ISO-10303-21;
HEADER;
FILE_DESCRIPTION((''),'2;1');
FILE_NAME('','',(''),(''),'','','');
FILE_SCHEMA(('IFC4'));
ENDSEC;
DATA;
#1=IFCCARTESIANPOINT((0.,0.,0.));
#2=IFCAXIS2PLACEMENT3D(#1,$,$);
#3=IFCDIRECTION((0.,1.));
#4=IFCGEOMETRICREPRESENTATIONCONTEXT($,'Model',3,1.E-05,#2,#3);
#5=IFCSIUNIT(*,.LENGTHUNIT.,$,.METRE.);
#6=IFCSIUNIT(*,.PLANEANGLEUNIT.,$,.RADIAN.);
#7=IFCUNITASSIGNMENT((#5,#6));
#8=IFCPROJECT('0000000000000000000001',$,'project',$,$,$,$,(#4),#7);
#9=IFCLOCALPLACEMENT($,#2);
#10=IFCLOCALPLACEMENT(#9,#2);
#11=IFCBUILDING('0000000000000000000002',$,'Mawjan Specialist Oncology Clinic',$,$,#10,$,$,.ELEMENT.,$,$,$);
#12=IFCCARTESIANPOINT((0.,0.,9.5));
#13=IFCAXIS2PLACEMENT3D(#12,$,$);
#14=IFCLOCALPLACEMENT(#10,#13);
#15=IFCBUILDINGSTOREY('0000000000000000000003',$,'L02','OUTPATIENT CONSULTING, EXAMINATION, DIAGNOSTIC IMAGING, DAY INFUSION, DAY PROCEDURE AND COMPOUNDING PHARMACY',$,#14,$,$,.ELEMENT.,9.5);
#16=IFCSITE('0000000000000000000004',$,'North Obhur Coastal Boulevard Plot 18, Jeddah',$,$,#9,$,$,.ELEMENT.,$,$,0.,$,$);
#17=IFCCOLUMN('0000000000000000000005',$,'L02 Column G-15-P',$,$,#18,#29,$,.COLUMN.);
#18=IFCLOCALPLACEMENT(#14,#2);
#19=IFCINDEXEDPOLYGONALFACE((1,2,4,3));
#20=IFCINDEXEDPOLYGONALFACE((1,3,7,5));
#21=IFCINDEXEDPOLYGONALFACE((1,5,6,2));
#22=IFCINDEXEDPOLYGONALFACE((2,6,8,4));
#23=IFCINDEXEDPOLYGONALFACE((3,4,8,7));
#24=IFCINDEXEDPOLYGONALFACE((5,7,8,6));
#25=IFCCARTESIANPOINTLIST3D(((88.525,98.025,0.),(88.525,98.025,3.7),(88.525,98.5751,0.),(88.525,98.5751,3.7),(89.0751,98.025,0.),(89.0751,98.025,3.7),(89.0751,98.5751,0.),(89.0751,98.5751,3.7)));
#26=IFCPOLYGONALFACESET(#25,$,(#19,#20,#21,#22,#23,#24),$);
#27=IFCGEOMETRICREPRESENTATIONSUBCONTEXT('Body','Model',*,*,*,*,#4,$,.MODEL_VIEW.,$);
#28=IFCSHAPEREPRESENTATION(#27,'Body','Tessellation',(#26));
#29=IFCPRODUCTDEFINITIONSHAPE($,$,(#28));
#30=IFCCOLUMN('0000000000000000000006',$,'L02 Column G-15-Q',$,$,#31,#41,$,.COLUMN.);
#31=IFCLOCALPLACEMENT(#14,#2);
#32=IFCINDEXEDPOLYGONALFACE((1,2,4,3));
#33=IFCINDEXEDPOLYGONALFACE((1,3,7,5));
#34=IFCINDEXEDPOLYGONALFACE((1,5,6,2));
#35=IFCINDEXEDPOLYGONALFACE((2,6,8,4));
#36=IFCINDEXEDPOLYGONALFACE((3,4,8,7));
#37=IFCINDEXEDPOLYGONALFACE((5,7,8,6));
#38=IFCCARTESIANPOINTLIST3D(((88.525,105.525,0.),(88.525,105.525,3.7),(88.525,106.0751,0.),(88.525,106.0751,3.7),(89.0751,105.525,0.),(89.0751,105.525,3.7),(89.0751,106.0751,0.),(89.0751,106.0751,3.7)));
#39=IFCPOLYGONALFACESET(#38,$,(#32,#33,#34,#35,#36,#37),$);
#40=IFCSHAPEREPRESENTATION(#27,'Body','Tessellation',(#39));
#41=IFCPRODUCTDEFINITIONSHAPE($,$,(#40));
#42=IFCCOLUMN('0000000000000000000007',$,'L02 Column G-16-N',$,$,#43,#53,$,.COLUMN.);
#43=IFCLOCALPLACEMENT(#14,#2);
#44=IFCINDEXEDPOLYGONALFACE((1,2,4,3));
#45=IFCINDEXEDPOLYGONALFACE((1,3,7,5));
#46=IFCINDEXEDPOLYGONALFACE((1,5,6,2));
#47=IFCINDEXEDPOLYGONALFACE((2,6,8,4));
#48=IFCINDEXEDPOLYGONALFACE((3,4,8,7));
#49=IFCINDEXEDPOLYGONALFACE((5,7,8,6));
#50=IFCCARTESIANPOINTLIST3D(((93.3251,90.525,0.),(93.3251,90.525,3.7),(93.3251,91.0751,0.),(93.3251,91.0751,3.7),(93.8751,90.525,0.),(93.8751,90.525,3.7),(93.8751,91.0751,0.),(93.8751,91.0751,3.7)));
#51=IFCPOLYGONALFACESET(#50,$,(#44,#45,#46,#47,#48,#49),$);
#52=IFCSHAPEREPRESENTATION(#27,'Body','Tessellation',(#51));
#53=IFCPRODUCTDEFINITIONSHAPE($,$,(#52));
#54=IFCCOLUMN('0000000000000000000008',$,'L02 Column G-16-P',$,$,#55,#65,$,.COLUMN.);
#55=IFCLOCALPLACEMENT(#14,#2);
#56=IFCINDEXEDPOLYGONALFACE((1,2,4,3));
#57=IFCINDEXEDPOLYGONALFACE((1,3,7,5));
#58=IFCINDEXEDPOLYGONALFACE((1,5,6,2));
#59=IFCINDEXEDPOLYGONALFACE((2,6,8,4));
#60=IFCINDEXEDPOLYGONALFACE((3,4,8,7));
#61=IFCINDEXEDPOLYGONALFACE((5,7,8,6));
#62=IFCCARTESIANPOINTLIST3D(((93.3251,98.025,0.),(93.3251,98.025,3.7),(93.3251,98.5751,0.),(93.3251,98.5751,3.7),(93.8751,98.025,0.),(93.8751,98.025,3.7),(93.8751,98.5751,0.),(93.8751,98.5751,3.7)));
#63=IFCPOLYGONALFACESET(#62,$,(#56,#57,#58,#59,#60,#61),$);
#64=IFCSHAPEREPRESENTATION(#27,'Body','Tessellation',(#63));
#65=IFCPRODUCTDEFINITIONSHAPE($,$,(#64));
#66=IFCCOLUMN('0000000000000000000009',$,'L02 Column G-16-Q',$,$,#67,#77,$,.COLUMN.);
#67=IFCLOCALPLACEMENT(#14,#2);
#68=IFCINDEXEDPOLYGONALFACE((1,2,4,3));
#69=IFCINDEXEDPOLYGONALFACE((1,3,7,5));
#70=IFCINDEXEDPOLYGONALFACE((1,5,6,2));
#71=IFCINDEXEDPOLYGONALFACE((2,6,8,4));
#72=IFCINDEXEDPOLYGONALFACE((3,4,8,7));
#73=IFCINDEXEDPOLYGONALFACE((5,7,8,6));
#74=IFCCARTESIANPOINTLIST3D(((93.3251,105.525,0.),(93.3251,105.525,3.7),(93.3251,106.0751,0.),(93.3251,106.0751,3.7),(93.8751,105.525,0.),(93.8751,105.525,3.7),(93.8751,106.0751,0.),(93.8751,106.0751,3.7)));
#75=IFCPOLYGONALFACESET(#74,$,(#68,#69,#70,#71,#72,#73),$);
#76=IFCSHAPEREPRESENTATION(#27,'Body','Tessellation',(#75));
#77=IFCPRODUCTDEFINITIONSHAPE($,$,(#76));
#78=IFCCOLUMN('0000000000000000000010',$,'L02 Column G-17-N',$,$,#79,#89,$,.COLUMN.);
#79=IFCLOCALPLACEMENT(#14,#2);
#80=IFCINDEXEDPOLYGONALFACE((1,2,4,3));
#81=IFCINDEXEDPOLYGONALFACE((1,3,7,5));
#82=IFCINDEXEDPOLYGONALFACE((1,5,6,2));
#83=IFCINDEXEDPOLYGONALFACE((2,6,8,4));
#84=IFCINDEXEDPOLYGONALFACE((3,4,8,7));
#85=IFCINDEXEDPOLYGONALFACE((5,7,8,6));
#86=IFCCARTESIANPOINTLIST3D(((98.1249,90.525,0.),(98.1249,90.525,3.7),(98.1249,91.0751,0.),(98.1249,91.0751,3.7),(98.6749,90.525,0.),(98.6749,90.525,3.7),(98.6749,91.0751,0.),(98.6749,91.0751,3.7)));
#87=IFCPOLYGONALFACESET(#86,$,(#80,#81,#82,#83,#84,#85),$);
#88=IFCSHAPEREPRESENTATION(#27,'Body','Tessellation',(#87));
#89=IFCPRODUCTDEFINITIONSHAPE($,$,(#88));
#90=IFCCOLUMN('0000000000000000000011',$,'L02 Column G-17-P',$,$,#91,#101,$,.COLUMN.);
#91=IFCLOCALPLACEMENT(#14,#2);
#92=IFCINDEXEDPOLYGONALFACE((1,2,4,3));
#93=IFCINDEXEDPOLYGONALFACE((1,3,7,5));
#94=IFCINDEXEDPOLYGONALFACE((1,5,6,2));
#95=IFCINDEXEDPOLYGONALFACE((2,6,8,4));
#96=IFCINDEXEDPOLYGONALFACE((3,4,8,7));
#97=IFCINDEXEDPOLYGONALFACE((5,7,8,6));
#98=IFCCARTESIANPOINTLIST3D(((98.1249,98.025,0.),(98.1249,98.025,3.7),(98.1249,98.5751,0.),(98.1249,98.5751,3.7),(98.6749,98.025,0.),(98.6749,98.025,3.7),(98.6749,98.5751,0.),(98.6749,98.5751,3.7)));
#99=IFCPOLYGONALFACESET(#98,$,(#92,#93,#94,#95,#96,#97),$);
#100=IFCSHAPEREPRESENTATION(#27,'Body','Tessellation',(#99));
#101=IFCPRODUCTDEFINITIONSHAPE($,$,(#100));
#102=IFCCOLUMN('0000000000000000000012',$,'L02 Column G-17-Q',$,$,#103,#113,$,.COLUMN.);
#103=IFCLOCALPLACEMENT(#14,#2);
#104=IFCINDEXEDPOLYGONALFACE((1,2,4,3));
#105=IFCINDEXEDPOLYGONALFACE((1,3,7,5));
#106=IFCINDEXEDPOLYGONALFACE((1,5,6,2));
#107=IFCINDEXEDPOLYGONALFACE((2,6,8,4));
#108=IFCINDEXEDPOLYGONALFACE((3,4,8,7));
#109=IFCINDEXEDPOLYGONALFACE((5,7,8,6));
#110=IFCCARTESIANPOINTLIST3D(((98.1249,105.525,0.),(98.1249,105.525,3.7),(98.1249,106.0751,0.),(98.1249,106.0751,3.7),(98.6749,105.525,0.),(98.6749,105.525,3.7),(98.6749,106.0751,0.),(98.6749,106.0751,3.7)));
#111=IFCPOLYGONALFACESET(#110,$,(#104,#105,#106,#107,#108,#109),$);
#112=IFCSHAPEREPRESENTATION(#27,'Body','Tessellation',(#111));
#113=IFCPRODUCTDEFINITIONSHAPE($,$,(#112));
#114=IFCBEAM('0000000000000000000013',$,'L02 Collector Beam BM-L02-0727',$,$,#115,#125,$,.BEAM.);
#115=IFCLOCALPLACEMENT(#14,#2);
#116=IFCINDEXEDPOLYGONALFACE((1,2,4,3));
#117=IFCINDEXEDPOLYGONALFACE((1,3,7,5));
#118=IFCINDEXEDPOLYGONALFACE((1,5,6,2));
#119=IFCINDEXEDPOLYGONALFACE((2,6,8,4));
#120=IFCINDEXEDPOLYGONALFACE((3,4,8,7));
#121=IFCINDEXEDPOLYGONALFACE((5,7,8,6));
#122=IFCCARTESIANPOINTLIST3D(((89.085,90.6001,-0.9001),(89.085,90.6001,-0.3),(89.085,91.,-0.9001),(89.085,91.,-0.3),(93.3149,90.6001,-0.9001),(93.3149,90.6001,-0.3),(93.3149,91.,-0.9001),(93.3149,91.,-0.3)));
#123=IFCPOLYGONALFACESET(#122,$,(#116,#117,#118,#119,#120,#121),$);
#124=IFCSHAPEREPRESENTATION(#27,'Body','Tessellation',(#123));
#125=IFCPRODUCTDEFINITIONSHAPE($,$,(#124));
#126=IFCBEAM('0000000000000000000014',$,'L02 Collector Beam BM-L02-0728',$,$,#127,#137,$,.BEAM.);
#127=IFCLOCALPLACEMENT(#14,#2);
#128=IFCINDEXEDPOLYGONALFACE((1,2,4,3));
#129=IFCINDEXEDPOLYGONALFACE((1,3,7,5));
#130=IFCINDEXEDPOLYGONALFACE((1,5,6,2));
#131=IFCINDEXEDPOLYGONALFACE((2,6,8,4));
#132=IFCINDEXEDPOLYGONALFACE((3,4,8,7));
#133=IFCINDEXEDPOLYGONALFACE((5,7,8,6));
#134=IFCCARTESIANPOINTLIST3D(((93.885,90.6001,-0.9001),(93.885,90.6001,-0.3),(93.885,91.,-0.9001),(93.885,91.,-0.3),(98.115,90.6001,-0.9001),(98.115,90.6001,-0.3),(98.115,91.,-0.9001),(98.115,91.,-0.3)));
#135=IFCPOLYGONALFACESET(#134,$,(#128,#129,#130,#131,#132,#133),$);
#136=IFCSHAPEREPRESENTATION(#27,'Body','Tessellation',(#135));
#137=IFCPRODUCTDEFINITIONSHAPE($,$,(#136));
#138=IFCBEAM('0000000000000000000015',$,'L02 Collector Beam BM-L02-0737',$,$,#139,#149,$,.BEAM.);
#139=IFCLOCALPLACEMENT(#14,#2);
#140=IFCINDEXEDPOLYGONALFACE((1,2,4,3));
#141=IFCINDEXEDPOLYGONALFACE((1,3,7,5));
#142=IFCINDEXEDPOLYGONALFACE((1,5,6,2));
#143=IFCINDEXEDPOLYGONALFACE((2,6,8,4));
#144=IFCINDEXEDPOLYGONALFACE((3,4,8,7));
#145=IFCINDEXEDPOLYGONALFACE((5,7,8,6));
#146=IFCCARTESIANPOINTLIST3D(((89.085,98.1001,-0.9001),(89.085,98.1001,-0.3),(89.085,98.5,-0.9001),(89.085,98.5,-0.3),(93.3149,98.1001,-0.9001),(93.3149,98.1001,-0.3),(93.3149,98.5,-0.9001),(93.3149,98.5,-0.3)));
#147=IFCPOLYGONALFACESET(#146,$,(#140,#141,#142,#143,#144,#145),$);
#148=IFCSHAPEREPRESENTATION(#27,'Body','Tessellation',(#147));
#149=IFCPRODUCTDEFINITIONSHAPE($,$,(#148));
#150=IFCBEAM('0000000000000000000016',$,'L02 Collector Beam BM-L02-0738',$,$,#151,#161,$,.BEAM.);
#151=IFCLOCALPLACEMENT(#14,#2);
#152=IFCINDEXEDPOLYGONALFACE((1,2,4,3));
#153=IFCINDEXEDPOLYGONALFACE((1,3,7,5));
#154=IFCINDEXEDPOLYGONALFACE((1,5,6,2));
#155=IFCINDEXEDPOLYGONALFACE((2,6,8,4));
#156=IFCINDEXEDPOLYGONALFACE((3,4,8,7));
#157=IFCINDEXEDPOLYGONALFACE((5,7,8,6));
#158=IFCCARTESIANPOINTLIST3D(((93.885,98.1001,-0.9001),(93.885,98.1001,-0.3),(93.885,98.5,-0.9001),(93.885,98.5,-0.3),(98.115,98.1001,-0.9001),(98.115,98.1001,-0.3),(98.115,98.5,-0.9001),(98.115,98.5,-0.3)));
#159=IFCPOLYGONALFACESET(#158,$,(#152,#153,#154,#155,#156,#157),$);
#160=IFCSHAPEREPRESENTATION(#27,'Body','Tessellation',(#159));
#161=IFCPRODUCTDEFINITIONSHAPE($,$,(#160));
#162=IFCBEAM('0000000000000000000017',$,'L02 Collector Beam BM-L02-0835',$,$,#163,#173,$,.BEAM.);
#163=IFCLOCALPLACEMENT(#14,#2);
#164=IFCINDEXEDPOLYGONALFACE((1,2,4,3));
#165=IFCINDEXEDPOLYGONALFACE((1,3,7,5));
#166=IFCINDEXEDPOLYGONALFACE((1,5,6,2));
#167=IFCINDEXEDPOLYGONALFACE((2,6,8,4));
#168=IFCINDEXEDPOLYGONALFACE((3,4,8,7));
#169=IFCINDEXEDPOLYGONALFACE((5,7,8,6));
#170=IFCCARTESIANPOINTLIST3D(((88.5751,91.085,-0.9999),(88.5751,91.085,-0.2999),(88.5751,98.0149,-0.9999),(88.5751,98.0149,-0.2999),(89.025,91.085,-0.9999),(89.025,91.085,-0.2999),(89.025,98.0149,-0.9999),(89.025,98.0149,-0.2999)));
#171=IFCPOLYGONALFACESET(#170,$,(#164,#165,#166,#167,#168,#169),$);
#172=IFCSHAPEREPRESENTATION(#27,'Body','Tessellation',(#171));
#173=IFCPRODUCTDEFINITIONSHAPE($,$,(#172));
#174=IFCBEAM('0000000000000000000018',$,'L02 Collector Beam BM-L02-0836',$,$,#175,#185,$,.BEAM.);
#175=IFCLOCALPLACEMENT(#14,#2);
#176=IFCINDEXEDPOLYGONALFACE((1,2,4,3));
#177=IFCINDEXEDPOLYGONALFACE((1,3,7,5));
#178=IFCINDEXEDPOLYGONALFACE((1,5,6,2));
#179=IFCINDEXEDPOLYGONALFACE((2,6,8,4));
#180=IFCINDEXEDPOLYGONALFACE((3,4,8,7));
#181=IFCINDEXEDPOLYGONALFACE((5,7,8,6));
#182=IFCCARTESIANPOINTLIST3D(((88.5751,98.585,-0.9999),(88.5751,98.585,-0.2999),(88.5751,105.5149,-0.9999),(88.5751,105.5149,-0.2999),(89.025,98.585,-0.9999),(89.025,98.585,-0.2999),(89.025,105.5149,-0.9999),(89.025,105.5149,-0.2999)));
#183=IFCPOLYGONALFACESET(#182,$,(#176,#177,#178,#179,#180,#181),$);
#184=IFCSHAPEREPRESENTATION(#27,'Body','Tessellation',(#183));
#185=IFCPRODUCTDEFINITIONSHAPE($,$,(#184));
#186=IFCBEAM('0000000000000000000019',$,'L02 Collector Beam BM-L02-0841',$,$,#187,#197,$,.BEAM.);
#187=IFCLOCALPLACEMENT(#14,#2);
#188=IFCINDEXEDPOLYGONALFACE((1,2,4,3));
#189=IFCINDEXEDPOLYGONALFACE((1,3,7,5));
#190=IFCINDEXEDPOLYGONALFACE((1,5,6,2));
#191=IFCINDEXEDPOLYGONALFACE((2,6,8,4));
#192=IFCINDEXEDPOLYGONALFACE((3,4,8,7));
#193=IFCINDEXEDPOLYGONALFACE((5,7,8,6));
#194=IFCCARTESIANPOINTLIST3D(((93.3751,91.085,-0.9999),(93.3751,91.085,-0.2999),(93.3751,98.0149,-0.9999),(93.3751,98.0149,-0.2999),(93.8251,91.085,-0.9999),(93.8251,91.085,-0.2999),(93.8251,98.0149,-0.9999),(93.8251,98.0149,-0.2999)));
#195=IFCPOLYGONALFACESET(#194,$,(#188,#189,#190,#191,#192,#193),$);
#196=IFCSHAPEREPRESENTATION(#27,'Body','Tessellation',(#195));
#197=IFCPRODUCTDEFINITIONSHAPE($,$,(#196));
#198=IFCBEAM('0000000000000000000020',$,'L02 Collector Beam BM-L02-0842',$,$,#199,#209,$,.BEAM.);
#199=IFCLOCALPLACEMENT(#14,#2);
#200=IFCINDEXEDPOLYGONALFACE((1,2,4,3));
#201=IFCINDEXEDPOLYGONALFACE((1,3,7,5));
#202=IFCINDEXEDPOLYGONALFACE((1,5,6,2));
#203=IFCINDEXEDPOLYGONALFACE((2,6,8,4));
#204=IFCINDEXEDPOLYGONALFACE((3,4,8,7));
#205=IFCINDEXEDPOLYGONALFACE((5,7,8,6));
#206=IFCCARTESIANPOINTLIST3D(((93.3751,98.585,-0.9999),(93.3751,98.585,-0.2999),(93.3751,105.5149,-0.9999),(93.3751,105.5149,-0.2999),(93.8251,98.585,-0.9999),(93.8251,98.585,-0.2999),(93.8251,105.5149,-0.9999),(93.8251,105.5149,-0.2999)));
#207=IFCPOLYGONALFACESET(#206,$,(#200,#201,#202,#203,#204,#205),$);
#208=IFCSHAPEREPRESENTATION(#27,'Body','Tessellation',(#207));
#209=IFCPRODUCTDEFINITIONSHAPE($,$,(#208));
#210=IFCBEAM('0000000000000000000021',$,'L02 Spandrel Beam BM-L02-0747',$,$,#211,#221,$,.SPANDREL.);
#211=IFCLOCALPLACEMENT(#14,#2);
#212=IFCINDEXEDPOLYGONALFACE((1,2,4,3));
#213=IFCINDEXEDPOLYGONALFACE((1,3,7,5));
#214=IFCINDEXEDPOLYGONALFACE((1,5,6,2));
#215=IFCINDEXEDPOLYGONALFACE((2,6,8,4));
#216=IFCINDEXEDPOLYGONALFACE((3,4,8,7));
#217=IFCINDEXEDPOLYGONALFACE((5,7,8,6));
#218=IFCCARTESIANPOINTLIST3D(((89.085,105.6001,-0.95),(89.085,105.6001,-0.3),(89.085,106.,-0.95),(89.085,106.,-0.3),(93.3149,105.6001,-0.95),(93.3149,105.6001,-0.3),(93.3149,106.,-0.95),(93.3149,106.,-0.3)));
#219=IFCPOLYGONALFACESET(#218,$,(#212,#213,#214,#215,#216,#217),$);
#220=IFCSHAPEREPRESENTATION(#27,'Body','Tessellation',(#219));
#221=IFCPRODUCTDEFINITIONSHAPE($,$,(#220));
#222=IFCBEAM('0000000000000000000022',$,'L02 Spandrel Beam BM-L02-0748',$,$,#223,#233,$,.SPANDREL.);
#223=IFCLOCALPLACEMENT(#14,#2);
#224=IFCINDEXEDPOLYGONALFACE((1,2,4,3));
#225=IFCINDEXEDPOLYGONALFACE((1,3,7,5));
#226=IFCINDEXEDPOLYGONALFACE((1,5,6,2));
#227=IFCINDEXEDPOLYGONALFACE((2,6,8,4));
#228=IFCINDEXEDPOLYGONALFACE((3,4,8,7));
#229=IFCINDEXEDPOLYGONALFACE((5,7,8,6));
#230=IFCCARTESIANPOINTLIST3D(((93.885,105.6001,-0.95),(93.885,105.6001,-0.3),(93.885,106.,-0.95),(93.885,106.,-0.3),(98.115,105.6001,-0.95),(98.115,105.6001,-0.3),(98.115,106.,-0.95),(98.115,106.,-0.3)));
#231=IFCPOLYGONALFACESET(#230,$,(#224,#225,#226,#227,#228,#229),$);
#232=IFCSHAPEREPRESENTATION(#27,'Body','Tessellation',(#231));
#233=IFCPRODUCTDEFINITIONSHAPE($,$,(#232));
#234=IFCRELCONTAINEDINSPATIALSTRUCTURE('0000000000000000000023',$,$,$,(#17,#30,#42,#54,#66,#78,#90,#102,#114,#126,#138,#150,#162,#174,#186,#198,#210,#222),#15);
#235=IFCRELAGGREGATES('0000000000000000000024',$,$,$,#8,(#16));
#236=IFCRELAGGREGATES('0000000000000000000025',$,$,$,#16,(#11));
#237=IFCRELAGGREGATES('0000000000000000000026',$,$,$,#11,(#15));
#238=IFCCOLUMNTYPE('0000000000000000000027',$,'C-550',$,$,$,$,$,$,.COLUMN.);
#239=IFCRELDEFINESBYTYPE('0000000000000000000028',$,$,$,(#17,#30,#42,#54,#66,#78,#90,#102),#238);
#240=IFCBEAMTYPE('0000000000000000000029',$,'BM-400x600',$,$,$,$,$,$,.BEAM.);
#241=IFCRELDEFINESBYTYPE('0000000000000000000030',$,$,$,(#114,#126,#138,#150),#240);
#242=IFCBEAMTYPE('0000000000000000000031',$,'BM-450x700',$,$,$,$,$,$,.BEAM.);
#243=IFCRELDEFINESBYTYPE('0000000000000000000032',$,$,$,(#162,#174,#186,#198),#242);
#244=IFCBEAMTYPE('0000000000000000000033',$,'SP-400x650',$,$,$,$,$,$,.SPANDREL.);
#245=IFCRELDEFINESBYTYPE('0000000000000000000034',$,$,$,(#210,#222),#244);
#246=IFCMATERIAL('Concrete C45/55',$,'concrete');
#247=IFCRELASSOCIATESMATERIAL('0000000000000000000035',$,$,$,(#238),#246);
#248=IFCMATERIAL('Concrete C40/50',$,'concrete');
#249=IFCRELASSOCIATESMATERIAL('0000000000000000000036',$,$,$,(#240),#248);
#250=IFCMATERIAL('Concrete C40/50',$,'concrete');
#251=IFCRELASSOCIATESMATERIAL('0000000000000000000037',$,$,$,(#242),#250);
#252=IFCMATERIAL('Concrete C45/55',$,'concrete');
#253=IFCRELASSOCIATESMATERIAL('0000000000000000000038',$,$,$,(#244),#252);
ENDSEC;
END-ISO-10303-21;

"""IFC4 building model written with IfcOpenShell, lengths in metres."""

from ifc_helpers import new_model, si_unit, direction, frame, origin, origin_2d, place, context, subcontext, project, spatial, rectangle, extrude, material, material_profile, profile_set, type_object, element, save


model = new_model("IFC4")

# Units and contexts
model_context = context("Model", 3, precision=1e-05, world=origin(), true_north=direction((0.0, 1.0)))
body_context = subcontext(model_context, "Body", "Model", "MODEL_VIEW")
ifc_project = project(units=[si_unit("LENGTHUNIT", "METRE"), si_unit("PLANEANGLEUNIT", "RADIAN")], contexts=[model_context])

# Site, building, storey
site_placement = place(None, origin())
site = spatial("IfcSite", under=ifc_project, at=site_placement, Name="North Obhur Coastal Boulevard Plot 18, Jeddah", CompositionType="ELEMENT", RefElevation=0.0)
building_placement = place(site_placement, origin())
building = spatial("IfcBuilding", under=site, at=building_placement, Name="Mawjan Specialist Oncology Clinic", CompositionType="ELEMENT")
storey_placement = place(building_placement, frame((0.0, 0.0, 9.5)))
storey = spatial("IfcBuildingStorey", under=building, at=storey_placement, Name="L02", Description="OUTPATIENT CONSULTING, EXAMINATION, DIAGNOSTIC IMAGING, DAY INFUSION, DAY PROCEDURE AND COMPOUNDING PHARMACY", CompositionType="ELEMENT", Elevation=9.5)

# Columns
ifc_material_1 = material(Name="Concrete C45/55", Category="concrete")
ifc_material_profile_1 = material_profile(ifc_material_1, rectangle(XDim=0.55, YDim=0.55, at=origin_2d()), Name="RC COL 550x550", Category="concrete")
ifc_profile_set_1 = profile_set([ifc_material_profile_1], Name="Concrete C45/55")
column_type = type_object("IfcColumnType", Name="C-550", PredefinedType="COLUMN", material=ifc_profile_set_1)
for number, where, z_axis, x_axis, name in (
    (1, (88.8, 98.3, 0.0), (0.0, 0.0, 1.0), (1.0, 0.0, 0.0), "L02 Column G-15-P"),
    (2, (88.8, 105.8, 0.0), (0.0, 0.0, 1.0), (1.0, 0.0, 0.0), "L02 Column G-15-Q"),
    (3, (93.6001, 90.8, 0.0), (0.0, 0.0, 1.0), (1.0, 0.0, 0.0), "L02 Column G-16-N"),
    (4, (93.6001, 98.3, 0.0), (0.0, 0.0, 1.0), (1.0, 0.0, 0.0), "L02 Column G-16-P"),
    (5, (93.6001, 105.8, 0.0), (0.0, 0.0, 1.0), (1.0, 0.0, 0.0), "L02 Column G-16-Q"),
    (6, (98.3999, 90.8, 0.0), (0.0, 0.0, 1.0), (1.0, 0.0, 0.0), "L02 Column G-17-N"),
    (7, (98.3999, 98.3, 0.0), (0.0, 0.0, 1.0), (1.0, 0.0, 0.0), "L02 Column G-17-P"),
    (8, (98.3999, 105.8, 0.0), (0.0, 0.0, 1.0), (1.0, 0.0, 0.0), "L02 Column G-17-Q"),
):
    element("IfcColumn", number, at=place(storey_placement, frame(where, z_axis=z_axis, x_axis=x_axis)), inside=storey, type_object=column_type, Name=name, PredefinedType="COLUMN", context=body_context, shape_type="SweptSolid", body=[
        extrude(rectangle(XDim=0.55, YDim=0.55, at=origin_2d()), origin(), (0.0, 0.0, 1.0), 3.7),
    ])

# Beams
ifc_material_2 = material(Name="Concrete C40/50", Category="concrete")
ifc_material_profile_2 = material_profile(ifc_material_2, rectangle(XDim=0.3999, YDim=0.6001, at=origin_2d()), Name="RC BM 400x600", Category="concrete")
ifc_profile_set_2 = profile_set([ifc_material_profile_2], Name="Concrete C40/50")
beam_type_1 = type_object("IfcBeamType", Name="BM-400x600", PredefinedType="BEAM", material=ifc_profile_set_2)
for number, where, z_axis, x_axis, name in (
    (9, (89.085, 90.8, -0.6001), (1.0, 0.0, 0.0), (0.0, 1.0, 0.0), "L02 Collector Beam BM-L02-0727"),
    (10, (93.885, 90.8, -0.6001), (1.0, 0.0, 0.0), (0.0, 1.0, 0.0), "L02 Collector Beam BM-L02-0728"),
    (11, (89.085, 98.3, -0.6001), (1.0, 0.0, 0.0), (0.0, 1.0, 0.0), "L02 Collector Beam BM-L02-0737"),
    (12, (93.885, 98.3, -0.6001), (1.0, 0.0, 0.0), (0.0, 1.0, 0.0), "L02 Collector Beam BM-L02-0738"),
):
    element("IfcBeam", number, at=place(storey_placement, frame(where, z_axis=z_axis, x_axis=x_axis)), inside=storey, type_object=beam_type_1, Name=name, PredefinedType="BEAM", context=body_context, shape_type="SweptSolid", body=[
        extrude(rectangle(XDim=0.3999, YDim=0.6001, at=origin_2d()), origin(), (0.0, 0.0, 1.0), 4.23),
    ])
ifc_material_3 = material(Name="Concrete C40/50", Category="concrete")
ifc_material_profile_3 = material_profile(ifc_material_3, rectangle(XDim=0.45, YDim=0.7, at=origin_2d()), Name="RC BM 450x700", Category="concrete")
ifc_profile_set_3 = profile_set([ifc_material_profile_3], Name="Concrete C40/50")
beam_type_2 = type_object("IfcBeamType", Name="BM-450x700", PredefinedType="BEAM", material=ifc_profile_set_3)
for number, where, z_axis, x_axis, name in (
    (13, (88.8, 91.085, -0.6499), (0.0, 1.0, 0.0), (-1.0, 0.0, 0.0), "L02 Collector Beam BM-L02-0835"),
    (14, (88.8, 98.585, -0.6499), (0.0, 1.0, 0.0), (-1.0, 0.0, 0.0), "L02 Collector Beam BM-L02-0836"),
    (15, (93.6001, 91.085, -0.6499), (0.0, 1.0, 0.0), (-1.0, 0.0, 0.0), "L02 Collector Beam BM-L02-0841"),
    (16, (93.6001, 98.585, -0.6499), (0.0, 1.0, 0.0), (-1.0, 0.0, 0.0), "L02 Collector Beam BM-L02-0842"),
):
    element("IfcBeam", number, at=place(storey_placement, frame(where, z_axis=z_axis, x_axis=x_axis)), inside=storey, type_object=beam_type_2, Name=name, PredefinedType="BEAM", context=body_context, shape_type="SweptSolid", body=[
        extrude(rectangle(XDim=0.45, YDim=0.7, at=origin_2d()), origin(), (0.0, 0.0, 1.0), 6.9299),
    ])
ifc_material_4 = material(Name="Concrete C45/55", Category="concrete")
ifc_material_profile_4 = material_profile(ifc_material_4, rectangle(XDim=0.3999, YDim=0.6499, at=origin_2d()), Name="RC BM 400x650", Category="concrete")
ifc_profile_set_4 = profile_set([ifc_material_profile_4], Name="Concrete C45/55")
beam_type_3 = type_object("IfcBeamType", Name="SP-400x650", PredefinedType="SPANDREL", material=ifc_profile_set_4)
for number, where, z_axis, x_axis, name in (
    (17, (89.085, 105.8, -0.625), (1.0, 0.0, 0.0), (0.0, 1.0, 0.0), "L02 Spandrel Beam BM-L02-0747"),
    (18, (93.885, 105.8, -0.625), (1.0, 0.0, 0.0), (0.0, 1.0, 0.0), "L02 Spandrel Beam BM-L02-0748"),
):
    element("IfcBeam", number, at=place(storey_placement, frame(where, z_axis=z_axis, x_axis=x_axis)), inside=storey, type_object=beam_type_3, Name=name, PredefinedType="SPANDREL", context=body_context, shape_type="SweptSolid", body=[
        extrude(rectangle(XDim=0.3999, YDim=0.6499, at=origin_2d()), origin(), (0.0, 0.0, 1.0), 4.23),
    ])

save(model, "model.ifc")
